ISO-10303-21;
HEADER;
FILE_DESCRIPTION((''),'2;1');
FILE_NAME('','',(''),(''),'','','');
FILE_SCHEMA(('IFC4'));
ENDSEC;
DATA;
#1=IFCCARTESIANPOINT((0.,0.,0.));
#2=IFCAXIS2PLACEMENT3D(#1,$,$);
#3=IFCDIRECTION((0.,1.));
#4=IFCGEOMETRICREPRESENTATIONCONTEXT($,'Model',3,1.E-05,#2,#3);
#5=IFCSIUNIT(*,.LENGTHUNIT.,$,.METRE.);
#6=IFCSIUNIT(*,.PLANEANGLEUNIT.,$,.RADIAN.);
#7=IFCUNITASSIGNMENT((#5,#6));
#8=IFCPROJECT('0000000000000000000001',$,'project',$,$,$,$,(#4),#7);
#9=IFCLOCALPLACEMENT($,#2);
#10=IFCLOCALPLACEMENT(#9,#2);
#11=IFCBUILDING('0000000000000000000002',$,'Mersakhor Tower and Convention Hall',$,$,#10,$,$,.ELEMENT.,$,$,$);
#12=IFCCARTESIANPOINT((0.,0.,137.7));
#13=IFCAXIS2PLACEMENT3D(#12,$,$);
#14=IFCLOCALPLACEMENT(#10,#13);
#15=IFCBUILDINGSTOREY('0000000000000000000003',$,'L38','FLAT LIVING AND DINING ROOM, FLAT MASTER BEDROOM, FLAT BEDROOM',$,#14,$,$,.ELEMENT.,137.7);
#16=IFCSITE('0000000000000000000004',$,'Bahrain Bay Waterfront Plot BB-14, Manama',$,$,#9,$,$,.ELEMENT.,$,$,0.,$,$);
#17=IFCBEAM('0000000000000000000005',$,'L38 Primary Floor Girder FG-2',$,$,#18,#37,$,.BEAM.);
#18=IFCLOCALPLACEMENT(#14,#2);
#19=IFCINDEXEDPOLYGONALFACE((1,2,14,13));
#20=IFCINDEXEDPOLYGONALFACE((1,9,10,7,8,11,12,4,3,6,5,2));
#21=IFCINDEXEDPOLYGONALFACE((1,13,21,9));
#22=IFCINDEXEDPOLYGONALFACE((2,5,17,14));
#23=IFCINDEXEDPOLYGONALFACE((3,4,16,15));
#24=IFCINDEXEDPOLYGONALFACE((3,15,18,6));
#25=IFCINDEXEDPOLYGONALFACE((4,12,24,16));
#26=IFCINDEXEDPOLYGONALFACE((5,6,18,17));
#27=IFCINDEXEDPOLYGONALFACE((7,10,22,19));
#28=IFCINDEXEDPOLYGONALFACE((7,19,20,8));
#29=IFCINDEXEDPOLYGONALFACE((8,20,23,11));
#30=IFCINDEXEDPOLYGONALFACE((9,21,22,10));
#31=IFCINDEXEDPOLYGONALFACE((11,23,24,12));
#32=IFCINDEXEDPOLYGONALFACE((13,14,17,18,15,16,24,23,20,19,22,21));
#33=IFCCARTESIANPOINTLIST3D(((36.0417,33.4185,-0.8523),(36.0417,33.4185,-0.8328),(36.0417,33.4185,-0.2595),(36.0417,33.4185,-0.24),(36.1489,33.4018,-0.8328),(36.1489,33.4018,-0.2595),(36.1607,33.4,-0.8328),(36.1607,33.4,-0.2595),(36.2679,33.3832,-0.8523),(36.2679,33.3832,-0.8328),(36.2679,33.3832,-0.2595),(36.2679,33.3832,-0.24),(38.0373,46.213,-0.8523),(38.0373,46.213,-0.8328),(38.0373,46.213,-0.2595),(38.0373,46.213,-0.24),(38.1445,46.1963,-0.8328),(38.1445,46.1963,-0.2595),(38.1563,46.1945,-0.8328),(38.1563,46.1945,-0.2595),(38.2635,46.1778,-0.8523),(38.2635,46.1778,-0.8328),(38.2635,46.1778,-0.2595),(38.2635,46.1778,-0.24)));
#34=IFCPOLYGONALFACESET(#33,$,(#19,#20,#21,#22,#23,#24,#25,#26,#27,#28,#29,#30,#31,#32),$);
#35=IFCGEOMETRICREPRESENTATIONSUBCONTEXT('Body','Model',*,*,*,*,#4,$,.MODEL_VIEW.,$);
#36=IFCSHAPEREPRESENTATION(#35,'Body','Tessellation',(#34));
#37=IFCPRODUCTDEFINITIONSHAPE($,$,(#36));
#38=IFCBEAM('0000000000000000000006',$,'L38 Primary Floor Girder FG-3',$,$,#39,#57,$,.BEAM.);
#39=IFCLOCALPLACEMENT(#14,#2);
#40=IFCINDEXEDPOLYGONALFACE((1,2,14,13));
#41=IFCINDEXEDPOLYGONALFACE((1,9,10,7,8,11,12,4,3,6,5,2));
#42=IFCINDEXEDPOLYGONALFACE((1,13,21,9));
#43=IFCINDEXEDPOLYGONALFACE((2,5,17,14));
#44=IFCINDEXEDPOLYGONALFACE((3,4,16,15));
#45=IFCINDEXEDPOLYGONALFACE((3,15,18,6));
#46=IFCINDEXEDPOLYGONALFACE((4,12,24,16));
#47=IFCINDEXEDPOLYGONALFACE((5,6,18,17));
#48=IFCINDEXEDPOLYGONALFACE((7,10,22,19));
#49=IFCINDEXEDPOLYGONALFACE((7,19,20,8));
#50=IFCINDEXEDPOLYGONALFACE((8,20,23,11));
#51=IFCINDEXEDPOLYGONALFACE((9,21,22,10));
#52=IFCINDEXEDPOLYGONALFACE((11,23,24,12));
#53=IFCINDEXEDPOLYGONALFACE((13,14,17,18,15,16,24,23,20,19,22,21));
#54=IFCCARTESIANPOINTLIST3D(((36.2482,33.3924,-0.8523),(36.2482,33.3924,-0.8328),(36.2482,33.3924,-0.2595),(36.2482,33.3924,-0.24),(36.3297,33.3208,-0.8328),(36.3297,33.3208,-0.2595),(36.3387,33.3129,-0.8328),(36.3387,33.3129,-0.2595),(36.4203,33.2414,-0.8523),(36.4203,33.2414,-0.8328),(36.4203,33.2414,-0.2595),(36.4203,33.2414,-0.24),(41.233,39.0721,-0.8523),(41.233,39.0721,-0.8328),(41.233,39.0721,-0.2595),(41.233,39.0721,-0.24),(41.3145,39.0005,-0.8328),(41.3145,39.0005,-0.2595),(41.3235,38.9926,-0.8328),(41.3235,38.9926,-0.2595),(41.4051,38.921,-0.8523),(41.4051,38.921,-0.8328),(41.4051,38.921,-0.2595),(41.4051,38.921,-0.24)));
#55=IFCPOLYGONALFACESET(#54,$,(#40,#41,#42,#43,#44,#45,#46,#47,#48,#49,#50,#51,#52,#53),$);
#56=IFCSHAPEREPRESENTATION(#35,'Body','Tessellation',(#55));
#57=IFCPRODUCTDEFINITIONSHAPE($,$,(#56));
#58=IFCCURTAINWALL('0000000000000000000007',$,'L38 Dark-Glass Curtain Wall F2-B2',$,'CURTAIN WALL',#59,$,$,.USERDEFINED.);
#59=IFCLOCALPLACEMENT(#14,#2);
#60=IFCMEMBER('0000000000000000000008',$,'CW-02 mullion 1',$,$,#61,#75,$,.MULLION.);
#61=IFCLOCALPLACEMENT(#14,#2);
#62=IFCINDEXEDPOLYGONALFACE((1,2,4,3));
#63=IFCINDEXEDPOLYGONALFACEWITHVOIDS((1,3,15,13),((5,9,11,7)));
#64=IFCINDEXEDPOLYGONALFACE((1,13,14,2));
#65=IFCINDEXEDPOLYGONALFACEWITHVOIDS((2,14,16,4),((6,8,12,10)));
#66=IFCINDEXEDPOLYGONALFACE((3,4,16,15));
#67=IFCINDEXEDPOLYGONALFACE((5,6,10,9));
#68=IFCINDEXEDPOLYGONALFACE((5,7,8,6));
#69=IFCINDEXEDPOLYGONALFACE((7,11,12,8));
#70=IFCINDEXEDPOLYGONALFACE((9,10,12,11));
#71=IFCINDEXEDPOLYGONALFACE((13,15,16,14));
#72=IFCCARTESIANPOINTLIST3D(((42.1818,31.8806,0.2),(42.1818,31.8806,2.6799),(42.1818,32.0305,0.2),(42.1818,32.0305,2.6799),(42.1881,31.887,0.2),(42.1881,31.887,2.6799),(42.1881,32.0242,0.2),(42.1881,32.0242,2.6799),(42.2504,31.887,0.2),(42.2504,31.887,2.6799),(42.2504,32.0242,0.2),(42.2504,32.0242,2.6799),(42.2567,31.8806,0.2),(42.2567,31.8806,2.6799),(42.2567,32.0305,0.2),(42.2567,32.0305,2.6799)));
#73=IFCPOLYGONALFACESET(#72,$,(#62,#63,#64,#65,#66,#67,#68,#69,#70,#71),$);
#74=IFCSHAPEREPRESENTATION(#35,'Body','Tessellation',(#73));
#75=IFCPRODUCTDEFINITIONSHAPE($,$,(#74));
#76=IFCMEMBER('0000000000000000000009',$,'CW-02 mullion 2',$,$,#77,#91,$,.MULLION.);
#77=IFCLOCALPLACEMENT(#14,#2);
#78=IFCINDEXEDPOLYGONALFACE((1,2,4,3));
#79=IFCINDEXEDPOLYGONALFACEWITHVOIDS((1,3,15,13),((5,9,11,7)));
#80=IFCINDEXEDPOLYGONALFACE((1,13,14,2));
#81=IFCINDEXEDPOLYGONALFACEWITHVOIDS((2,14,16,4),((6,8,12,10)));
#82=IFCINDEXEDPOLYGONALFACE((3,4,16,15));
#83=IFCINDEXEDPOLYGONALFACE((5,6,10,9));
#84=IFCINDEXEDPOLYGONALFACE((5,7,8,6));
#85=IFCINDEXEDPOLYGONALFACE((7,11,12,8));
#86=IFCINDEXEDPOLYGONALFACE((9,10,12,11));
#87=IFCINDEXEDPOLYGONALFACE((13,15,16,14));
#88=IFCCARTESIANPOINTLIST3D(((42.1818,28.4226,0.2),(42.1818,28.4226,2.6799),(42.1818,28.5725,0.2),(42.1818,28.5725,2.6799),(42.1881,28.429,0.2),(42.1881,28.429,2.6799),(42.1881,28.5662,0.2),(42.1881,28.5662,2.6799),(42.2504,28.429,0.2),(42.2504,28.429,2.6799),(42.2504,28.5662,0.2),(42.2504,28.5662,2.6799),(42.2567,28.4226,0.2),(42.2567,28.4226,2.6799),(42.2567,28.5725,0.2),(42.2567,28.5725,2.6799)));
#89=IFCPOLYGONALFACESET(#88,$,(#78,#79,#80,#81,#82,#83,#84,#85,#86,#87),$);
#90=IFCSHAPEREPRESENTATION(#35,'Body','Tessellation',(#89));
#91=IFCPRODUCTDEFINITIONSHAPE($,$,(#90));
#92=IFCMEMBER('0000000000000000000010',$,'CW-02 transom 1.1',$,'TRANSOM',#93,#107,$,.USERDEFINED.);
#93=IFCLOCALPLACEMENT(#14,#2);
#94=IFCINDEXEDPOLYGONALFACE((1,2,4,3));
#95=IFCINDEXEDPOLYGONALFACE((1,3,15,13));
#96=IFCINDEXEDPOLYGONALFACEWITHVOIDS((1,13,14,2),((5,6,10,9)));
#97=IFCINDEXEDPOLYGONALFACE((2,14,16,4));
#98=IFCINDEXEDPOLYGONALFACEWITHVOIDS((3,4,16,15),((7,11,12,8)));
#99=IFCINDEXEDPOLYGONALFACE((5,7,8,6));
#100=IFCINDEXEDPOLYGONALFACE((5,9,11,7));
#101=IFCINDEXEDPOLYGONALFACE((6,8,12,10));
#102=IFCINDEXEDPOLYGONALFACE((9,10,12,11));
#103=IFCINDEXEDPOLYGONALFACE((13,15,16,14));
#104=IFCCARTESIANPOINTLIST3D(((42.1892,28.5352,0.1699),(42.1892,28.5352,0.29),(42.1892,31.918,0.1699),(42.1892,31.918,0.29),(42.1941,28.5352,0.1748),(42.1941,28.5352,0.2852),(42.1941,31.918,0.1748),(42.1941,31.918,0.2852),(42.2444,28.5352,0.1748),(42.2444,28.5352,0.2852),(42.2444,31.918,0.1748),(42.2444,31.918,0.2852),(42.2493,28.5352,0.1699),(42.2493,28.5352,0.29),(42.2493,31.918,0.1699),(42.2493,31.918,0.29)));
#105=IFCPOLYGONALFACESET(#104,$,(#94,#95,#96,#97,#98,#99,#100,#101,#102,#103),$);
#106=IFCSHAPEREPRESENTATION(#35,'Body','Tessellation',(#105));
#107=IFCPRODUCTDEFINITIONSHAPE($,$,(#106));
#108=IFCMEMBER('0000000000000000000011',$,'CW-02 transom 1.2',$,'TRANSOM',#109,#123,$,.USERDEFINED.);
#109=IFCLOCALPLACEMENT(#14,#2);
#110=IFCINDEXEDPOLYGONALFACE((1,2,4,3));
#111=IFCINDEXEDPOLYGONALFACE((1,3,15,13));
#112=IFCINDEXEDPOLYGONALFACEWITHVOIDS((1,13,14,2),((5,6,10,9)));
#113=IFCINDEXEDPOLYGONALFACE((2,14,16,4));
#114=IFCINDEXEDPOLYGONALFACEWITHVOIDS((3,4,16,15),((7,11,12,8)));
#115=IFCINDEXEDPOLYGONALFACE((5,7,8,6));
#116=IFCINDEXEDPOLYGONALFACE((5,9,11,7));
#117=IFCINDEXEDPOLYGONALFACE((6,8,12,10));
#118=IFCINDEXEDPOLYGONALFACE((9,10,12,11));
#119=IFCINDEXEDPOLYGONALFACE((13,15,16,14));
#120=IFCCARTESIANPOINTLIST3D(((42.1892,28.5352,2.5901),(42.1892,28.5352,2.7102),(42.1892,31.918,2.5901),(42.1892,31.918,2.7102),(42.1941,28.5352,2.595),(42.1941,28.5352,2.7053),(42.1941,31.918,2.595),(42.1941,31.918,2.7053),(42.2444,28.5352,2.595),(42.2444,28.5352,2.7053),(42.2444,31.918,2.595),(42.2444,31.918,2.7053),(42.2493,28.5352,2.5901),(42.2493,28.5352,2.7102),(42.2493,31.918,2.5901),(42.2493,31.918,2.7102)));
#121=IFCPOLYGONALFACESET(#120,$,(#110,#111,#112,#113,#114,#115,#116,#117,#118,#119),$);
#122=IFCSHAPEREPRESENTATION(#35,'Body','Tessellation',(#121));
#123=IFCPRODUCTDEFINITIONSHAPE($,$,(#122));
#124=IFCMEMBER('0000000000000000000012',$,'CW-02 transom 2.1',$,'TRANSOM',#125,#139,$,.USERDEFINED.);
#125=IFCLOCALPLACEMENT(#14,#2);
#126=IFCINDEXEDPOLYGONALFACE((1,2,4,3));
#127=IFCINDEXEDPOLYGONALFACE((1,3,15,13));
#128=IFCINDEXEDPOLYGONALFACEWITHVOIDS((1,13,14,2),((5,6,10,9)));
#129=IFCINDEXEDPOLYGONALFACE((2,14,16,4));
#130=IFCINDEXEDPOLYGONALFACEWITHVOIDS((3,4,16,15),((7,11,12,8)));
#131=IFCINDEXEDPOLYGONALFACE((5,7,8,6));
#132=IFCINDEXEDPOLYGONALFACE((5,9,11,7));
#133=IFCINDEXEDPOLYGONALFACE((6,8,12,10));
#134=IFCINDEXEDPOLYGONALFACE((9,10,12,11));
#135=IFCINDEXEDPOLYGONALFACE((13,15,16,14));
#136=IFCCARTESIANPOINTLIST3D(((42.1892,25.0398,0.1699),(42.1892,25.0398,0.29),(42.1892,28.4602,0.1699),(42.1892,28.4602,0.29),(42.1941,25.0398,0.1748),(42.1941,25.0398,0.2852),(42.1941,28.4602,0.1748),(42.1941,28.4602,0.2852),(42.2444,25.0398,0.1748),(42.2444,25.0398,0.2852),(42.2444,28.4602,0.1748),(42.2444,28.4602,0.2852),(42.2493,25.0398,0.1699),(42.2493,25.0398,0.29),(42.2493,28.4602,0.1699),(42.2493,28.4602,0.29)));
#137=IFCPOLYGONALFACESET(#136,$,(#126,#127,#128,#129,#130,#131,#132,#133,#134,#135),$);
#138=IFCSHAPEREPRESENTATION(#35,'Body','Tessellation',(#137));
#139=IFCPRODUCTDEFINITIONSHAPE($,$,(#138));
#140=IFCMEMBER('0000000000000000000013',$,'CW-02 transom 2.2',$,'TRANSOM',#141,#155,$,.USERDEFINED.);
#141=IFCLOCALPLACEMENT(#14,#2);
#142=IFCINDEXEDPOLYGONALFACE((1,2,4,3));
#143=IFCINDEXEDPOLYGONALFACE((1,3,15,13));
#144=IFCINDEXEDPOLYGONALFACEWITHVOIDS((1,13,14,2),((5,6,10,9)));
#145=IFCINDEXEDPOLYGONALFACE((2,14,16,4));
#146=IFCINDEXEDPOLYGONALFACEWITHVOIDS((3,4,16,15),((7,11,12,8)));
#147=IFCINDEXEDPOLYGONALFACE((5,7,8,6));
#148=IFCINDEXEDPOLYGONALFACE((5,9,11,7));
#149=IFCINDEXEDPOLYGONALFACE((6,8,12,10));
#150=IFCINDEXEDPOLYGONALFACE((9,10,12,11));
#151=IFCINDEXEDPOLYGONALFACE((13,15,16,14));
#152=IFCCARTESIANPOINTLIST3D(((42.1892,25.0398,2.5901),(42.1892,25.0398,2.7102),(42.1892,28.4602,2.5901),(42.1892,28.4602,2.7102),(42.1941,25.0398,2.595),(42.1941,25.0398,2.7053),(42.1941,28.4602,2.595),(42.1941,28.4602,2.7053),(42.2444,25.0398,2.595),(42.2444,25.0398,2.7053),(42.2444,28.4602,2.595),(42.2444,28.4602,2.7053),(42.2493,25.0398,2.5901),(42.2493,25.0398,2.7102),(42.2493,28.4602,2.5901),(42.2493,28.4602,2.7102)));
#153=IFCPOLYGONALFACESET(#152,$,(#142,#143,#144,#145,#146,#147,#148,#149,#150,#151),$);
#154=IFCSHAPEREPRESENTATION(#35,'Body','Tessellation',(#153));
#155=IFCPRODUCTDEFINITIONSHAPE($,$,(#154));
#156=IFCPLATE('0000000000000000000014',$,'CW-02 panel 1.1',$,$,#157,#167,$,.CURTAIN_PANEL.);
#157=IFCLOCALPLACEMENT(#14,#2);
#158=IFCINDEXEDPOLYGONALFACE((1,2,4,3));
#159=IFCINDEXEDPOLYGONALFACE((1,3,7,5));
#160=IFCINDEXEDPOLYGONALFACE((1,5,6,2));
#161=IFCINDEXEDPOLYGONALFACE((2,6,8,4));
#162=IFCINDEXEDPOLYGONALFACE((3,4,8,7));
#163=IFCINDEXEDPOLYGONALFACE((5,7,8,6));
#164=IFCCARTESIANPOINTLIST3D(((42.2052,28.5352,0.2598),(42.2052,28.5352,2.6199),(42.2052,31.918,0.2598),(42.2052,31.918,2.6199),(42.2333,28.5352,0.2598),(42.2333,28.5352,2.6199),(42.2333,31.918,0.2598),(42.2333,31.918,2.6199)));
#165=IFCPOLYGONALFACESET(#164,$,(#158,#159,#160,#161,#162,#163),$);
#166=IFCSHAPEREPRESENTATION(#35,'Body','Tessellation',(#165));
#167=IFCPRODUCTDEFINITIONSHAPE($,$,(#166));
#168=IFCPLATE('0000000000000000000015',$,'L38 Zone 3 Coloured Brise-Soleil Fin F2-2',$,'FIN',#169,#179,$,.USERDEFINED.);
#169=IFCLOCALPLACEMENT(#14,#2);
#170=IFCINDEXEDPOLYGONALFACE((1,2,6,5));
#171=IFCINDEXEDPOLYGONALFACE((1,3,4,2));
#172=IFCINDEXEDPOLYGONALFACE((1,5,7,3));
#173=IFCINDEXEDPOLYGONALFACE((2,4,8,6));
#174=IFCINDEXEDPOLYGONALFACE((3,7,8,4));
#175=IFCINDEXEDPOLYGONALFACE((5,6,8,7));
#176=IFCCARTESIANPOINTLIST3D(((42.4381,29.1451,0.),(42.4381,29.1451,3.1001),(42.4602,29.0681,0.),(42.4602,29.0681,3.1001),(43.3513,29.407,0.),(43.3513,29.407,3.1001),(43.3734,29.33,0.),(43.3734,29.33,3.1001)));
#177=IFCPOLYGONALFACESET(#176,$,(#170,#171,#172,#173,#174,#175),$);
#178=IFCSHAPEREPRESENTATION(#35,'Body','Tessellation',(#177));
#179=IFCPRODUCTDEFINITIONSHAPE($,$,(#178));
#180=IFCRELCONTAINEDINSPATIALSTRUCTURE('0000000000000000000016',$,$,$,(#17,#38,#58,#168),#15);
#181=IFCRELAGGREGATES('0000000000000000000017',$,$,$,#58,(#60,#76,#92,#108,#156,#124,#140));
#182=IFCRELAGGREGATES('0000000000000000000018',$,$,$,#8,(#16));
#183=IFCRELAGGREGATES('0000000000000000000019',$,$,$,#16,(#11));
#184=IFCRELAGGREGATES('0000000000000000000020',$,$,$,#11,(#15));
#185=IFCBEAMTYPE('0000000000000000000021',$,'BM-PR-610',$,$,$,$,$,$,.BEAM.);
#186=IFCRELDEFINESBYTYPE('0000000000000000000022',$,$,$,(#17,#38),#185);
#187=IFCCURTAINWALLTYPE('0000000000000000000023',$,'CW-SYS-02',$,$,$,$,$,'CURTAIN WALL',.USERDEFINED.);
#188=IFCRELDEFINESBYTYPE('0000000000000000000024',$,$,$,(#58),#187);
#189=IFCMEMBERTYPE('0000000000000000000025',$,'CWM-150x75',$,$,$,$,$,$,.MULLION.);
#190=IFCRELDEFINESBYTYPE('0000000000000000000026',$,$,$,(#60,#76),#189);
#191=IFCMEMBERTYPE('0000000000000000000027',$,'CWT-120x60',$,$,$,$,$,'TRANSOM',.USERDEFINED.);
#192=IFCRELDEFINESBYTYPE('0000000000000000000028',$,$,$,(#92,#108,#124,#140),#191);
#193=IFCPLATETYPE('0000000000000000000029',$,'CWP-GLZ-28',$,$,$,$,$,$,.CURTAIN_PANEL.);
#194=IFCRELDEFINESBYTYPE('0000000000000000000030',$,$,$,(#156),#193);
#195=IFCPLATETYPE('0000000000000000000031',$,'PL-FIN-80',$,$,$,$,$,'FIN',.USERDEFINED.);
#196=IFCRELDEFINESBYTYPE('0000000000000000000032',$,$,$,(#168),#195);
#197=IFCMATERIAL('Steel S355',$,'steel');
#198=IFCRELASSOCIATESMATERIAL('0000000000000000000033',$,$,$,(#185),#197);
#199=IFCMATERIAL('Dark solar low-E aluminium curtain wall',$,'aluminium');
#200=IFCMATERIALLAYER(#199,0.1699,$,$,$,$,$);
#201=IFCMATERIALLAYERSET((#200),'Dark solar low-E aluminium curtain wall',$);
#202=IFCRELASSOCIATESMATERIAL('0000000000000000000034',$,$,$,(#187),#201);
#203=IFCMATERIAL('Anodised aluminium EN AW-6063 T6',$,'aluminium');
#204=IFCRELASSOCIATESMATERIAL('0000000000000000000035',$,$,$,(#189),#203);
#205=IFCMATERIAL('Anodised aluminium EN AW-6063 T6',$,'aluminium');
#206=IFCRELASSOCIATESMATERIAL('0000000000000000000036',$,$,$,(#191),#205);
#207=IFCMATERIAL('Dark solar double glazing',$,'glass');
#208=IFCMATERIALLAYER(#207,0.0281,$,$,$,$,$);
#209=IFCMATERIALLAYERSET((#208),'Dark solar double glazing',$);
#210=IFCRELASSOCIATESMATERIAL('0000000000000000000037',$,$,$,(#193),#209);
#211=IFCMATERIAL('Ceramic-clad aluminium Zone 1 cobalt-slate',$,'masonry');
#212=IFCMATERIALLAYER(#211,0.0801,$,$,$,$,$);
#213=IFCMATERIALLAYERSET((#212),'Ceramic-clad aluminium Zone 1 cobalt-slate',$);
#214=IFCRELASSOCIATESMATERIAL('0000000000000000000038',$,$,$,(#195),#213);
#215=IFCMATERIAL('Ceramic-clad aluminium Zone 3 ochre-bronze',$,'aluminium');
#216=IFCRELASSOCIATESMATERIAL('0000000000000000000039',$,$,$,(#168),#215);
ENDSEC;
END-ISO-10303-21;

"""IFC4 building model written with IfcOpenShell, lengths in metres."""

from ifc_helpers import new_model, si_unit, direction, frame, origin, origin_2d, place, context, subcontext, project, spatial, rectangle, hollow_rectangle, i_section, extrude, material, layer, layer_set, material_profile, profile_set, type_object, element, aggregate, save


model = new_model("IFC4")

# Units and contexts
model_context = context("Model", 3, precision=1e-05, world=origin(), true_north=direction((0.0, 1.0)))
body_context = subcontext(model_context, "Body", "Model", "MODEL_VIEW")
ifc_project = project(units=[si_unit("LENGTHUNIT", "METRE"), si_unit("PLANEANGLEUNIT", "RADIAN")], contexts=[model_context])

# Site, building, storey
site_placement = place(None, origin())
site = spatial("IfcSite", under=ifc_project, at=site_placement, Name="Bahrain Bay Waterfront Plot BB-14, Manama", CompositionType="ELEMENT", RefElevation=0.0)
building_placement = place(site_placement, origin())
building = spatial("IfcBuilding", under=site, at=building_placement, Name="Mersakhor Tower and Convention Hall", CompositionType="ELEMENT")
storey_placement = place(building_placement, frame((0.0, 0.0, 137.7)))
storey = spatial("IfcBuildingStorey", under=building, at=storey_placement, Name="L38", Description="FLAT LIVING AND DINING ROOM, FLAT MASTER BEDROOM, FLAT BEDROOM", CompositionType="ELEMENT", Elevation=137.7)

# Beams
ifc_material_1 = material(Name="Steel S355", Category="steel")
ifc_material_profile_1 = material_profile(ifc_material_1, i_section(OverallWidth=0.229, OverallDepth=0.6123, WebThickness=0.012, FlangeThickness=0.0195, at=origin_2d()), Name="UB 610x229x125")
ifc_profile_set_1 = profile_set([ifc_material_profile_1], Name="Steel S355")
beam_type = type_object("IfcBeamType", Name="BM-PR-610", PredefinedType="BEAM", material=ifc_profile_set_1)
beam_1_placement = place(storey_placement, frame((36.1548, 33.4009, -0.5461), z_axis=(0.154111, 0.988054, 0.0), x_axis=(-0.988054, 0.154111, 0.0)))
element("IfcBeam", 1, at=beam_1_placement, inside=storey, type_object=beam_type, Name="L38 Primary Floor Girder FG-2", PredefinedType="BEAM", context=body_context, shape_type="SweptSolid", body=[
    extrude(i_section(OverallWidth=0.229, OverallDepth=0.6123, WebThickness=0.012, FlangeThickness=0.0195, at=origin_2d()), origin(), (0.0, 0.0, 1.0), 12.9492),
])
beam_2_placement = place(storey_placement, frame((36.3342, 33.3169, -0.5461), z_axis=(0.659638, 0.751583, 0.0), x_axis=(-0.751583, 0.659638, 0.0)))
element("IfcBeam", 2, at=beam_2_placement, inside=storey, type_object=beam_type, Name="L38 Primary Floor Girder FG-3", PredefinedType="BEAM", context=body_context, shape_type="SweptSolid", body=[
    extrude(i_section(OverallWidth=0.229, OverallDepth=0.6123, WebThickness=0.012, FlangeThickness=0.0195, at=origin_2d()), origin(), (0.0, 0.0, 1.0), 7.5569),
])

# Curtain wall, members, plate
ifc_material_2 = material(Name="Dark solar low-E aluminium curtain wall", Category="aluminium")
ifc_layer_1 = layer(ifc_material_2, 0.1699)
ifc_layer_set_1 = layer_set([ifc_layer_1], Name="Dark solar low-E aluminium curtain wall")
curtain_wall_type = type_object("IfcCurtainWallType", Name="CW-SYS-02", ElementType="CURTAIN WALL", PredefinedType="USERDEFINED", material=ifc_layer_set_1)
curtain_wall_placement = place(storey_placement, origin())
curtain_wall = element("IfcCurtainWall", 3, at=curtain_wall_placement, inside=storey, type_object=curtain_wall_type, Name="L38 Dark-Glass Curtain Wall F2-B2", ObjectType="CURTAIN WALL", PredefinedType="USERDEFINED")
ifc_material_3 = material(Name="Anodised aluminium EN AW-6063 T6", Category="aluminium")
ifc_material_profile_2 = material_profile(ifc_material_3, hollow_rectangle(XDim=0.075, YDim=0.1499, WallThickness=0.0063, at=origin_2d()), Name="RHS 150x75x6.3")
ifc_profile_set_2 = profile_set([ifc_material_profile_2], Name="Anodised aluminium EN AW-6063 T6")
member_type_1 = type_object("IfcMemberType", Name="CWM-150x75", PredefinedType="MULLION", material=ifc_profile_set_2)
member_1_placement = place(storey_placement, frame((42.2192, 31.9556, 0.2), z_axis=(0.0, 0.0, 1.0), x_axis=(1.0, 0.0, 0.0)))
member_1 = element("IfcMember", 4, at=member_1_placement, type_object=member_type_1, Name="CW-02 mullion 1", PredefinedType="MULLION", context=body_context, shape_type="SweptSolid", body=[
    extrude(hollow_rectangle(XDim=0.075, YDim=0.1499, WallThickness=0.0063, at=origin_2d()), origin(), (0.0, 0.0, 1.0), 2.48),
])
member_2_placement = place(storey_placement, frame((42.2192, 28.4976, 0.2), z_axis=(0.0, 0.0, 1.0), x_axis=(1.0, 0.0, 0.0)))
member_2 = element("IfcMember", 5, at=member_2_placement, type_object=member_type_1, Name="CW-02 mullion 2", PredefinedType="MULLION", context=body_context, shape_type="SweptSolid", body=[
    extrude(hollow_rectangle(XDim=0.075, YDim=0.1499, WallThickness=0.0063, at=origin_2d()), origin(), (0.0, 0.0, 1.0), 2.48),
])
ifc_material_4 = material(Name="Anodised aluminium EN AW-6063 T6", Category="aluminium")
ifc_material_profile_3 = material_profile(ifc_material_4, hollow_rectangle(XDim=0.0601, YDim=0.1201, WallThickness=0.0049, at=origin_2d()), Name="RHS 120x60x5")
ifc_profile_set_3 = profile_set([ifc_material_profile_3], Name="Anodised aluminium EN AW-6063 T6")
member_type_2 = type_object("IfcMemberType", Name="CWT-120x60", ElementType="TRANSOM", PredefinedType="USERDEFINED", material=ifc_profile_set_3)
member_3_placement = place(storey_placement, frame((42.2192, 31.918, 0.23), z_axis=(0.0, -1.0, 0.0), x_axis=(1.0, 0.0, 0.0)))
member_3 = element("IfcMember", 6, at=member_3_placement, type_object=member_type_2, Name="CW-02 transom 1.1", ObjectType="TRANSOM", PredefinedType="USERDEFINED", context=body_context, shape_type="SweptSolid", body=[
    extrude(hollow_rectangle(XDim=0.0601, YDim=0.1201, WallThickness=0.0049, at=origin_2d()), origin(), (0.0, 0.0, 1.0), 3.3828),
])
member_4_placement = place(storey_placement, frame((42.2192, 31.918, 2.6501), z_axis=(0.0, -1.0, 0.0), x_axis=(1.0, 0.0, 0.0)))
member_4 = element("IfcMember", 7, at=member_4_placement, type_object=member_type_2, Name="CW-02 transom 1.2", ObjectType="TRANSOM", PredefinedType="USERDEFINED", context=body_context, shape_type="SweptSolid", body=[
    extrude(hollow_rectangle(XDim=0.0601, YDim=0.1201, WallThickness=0.0049, at=origin_2d()), origin(), (0.0, 0.0, 1.0), 3.3828),
])
member_5_placement = place(storey_placement, frame((42.2192, 28.4602, 0.23), z_axis=(0.0, -1.0, 0.0), x_axis=(1.0, 0.0, 0.0)))
member_5 = element("IfcMember", 8, at=member_5_placement, type_object=member_type_2, Name="CW-02 transom 2.1", ObjectType="TRANSOM", PredefinedType="USERDEFINED", context=body_context, shape_type="SweptSolid", body=[
    extrude(hollow_rectangle(XDim=0.0601, YDim=0.1201, WallThickness=0.0049, at=origin_2d()), origin(), (0.0, 0.0, 1.0), 3.4204),
])
member_6_placement = place(storey_placement, frame((42.2192, 28.4602, 2.6501), z_axis=(0.0, -1.0, 0.0), x_axis=(1.0, 0.0, 0.0)))
member_6 = element("IfcMember", 9, at=member_6_placement, type_object=member_type_2, Name="CW-02 transom 2.2", ObjectType="TRANSOM", PredefinedType="USERDEFINED", context=body_context, shape_type="SweptSolid", body=[
    extrude(hollow_rectangle(XDim=0.0601, YDim=0.1201, WallThickness=0.0049, at=origin_2d()), origin(), (0.0, 0.0, 1.0), 3.4204),
])
ifc_material_5 = material(Name="Dark solar double glazing", Category="glass")
ifc_layer_2 = layer(ifc_material_5, 0.0281)
ifc_layer_set_2 = layer_set([ifc_layer_2], Name="Dark solar double glazing")
plate_type_1 = type_object("IfcPlateType", Name="CWP-GLZ-28", PredefinedType="CURTAIN_PANEL", material=ifc_layer_set_2)
plate_1_placement = place(storey_placement, frame((42.2192, 30.2266, 0.2598), z_axis=(0.0, 0.0, 1.0), x_axis=(0.0, -1.0, 0.0)))
plate_1 = element("IfcPlate", 10, at=plate_1_placement, type_object=plate_type_1, Name="CW-02 panel 1.1", PredefinedType="CURTAIN_PANEL", context=body_context, shape_type="SweptSolid", body=[
    extrude(rectangle(XDim=3.3828, YDim=0.0281, at=origin_2d()), origin(), (0.0, 0.0, 1.0), 2.3601),
])
aggregate(curtain_wall, [member_1, member_2, member_3, member_4, plate_1, member_5, member_6])

# Plate
ifc_material_6 = material(Name="Ceramic-clad aluminium Zone 3 ochre-bronze", Category="aluminium")
ifc_material_7 = material(Name="Ceramic-clad aluminium Zone 1 cobalt-slate", Category="masonry")
ifc_layer_3 = layer(ifc_material_7, 0.0801)
ifc_layer_set_3 = layer_set([ifc_layer_3], Name="Ceramic-clad aluminium Zone 1 cobalt-slate")
plate_type_2 = type_object("IfcPlateType", Name="PL-FIN-80", ElementType="FIN", PredefinedType="USERDEFINED", material=ifc_layer_set_3)
plate_2_placement = place(storey_placement, frame((42.9058, 29.2375, 0.0), z_axis=(0.0, 0.0, 1.0), x_axis=(0.961262, 0.275637, 0.0)))
element("IfcPlate", 11, at=plate_2_placement, inside=storey, type_object=plate_type_2, material=ifc_material_6, Name="L38 Zone 3 Coloured Brise-Soleil Fin F2-2", ObjectType="FIN", PredefinedType="USERDEFINED", context=body_context, shape_type="SweptSolid", body=[
    extrude(rectangle(XDim=0.95, YDim=0.0801, at=origin_2d()), origin(), (0.0, 0.0, 1.0), 3.1001),
])

save(model, "model.ifc")
